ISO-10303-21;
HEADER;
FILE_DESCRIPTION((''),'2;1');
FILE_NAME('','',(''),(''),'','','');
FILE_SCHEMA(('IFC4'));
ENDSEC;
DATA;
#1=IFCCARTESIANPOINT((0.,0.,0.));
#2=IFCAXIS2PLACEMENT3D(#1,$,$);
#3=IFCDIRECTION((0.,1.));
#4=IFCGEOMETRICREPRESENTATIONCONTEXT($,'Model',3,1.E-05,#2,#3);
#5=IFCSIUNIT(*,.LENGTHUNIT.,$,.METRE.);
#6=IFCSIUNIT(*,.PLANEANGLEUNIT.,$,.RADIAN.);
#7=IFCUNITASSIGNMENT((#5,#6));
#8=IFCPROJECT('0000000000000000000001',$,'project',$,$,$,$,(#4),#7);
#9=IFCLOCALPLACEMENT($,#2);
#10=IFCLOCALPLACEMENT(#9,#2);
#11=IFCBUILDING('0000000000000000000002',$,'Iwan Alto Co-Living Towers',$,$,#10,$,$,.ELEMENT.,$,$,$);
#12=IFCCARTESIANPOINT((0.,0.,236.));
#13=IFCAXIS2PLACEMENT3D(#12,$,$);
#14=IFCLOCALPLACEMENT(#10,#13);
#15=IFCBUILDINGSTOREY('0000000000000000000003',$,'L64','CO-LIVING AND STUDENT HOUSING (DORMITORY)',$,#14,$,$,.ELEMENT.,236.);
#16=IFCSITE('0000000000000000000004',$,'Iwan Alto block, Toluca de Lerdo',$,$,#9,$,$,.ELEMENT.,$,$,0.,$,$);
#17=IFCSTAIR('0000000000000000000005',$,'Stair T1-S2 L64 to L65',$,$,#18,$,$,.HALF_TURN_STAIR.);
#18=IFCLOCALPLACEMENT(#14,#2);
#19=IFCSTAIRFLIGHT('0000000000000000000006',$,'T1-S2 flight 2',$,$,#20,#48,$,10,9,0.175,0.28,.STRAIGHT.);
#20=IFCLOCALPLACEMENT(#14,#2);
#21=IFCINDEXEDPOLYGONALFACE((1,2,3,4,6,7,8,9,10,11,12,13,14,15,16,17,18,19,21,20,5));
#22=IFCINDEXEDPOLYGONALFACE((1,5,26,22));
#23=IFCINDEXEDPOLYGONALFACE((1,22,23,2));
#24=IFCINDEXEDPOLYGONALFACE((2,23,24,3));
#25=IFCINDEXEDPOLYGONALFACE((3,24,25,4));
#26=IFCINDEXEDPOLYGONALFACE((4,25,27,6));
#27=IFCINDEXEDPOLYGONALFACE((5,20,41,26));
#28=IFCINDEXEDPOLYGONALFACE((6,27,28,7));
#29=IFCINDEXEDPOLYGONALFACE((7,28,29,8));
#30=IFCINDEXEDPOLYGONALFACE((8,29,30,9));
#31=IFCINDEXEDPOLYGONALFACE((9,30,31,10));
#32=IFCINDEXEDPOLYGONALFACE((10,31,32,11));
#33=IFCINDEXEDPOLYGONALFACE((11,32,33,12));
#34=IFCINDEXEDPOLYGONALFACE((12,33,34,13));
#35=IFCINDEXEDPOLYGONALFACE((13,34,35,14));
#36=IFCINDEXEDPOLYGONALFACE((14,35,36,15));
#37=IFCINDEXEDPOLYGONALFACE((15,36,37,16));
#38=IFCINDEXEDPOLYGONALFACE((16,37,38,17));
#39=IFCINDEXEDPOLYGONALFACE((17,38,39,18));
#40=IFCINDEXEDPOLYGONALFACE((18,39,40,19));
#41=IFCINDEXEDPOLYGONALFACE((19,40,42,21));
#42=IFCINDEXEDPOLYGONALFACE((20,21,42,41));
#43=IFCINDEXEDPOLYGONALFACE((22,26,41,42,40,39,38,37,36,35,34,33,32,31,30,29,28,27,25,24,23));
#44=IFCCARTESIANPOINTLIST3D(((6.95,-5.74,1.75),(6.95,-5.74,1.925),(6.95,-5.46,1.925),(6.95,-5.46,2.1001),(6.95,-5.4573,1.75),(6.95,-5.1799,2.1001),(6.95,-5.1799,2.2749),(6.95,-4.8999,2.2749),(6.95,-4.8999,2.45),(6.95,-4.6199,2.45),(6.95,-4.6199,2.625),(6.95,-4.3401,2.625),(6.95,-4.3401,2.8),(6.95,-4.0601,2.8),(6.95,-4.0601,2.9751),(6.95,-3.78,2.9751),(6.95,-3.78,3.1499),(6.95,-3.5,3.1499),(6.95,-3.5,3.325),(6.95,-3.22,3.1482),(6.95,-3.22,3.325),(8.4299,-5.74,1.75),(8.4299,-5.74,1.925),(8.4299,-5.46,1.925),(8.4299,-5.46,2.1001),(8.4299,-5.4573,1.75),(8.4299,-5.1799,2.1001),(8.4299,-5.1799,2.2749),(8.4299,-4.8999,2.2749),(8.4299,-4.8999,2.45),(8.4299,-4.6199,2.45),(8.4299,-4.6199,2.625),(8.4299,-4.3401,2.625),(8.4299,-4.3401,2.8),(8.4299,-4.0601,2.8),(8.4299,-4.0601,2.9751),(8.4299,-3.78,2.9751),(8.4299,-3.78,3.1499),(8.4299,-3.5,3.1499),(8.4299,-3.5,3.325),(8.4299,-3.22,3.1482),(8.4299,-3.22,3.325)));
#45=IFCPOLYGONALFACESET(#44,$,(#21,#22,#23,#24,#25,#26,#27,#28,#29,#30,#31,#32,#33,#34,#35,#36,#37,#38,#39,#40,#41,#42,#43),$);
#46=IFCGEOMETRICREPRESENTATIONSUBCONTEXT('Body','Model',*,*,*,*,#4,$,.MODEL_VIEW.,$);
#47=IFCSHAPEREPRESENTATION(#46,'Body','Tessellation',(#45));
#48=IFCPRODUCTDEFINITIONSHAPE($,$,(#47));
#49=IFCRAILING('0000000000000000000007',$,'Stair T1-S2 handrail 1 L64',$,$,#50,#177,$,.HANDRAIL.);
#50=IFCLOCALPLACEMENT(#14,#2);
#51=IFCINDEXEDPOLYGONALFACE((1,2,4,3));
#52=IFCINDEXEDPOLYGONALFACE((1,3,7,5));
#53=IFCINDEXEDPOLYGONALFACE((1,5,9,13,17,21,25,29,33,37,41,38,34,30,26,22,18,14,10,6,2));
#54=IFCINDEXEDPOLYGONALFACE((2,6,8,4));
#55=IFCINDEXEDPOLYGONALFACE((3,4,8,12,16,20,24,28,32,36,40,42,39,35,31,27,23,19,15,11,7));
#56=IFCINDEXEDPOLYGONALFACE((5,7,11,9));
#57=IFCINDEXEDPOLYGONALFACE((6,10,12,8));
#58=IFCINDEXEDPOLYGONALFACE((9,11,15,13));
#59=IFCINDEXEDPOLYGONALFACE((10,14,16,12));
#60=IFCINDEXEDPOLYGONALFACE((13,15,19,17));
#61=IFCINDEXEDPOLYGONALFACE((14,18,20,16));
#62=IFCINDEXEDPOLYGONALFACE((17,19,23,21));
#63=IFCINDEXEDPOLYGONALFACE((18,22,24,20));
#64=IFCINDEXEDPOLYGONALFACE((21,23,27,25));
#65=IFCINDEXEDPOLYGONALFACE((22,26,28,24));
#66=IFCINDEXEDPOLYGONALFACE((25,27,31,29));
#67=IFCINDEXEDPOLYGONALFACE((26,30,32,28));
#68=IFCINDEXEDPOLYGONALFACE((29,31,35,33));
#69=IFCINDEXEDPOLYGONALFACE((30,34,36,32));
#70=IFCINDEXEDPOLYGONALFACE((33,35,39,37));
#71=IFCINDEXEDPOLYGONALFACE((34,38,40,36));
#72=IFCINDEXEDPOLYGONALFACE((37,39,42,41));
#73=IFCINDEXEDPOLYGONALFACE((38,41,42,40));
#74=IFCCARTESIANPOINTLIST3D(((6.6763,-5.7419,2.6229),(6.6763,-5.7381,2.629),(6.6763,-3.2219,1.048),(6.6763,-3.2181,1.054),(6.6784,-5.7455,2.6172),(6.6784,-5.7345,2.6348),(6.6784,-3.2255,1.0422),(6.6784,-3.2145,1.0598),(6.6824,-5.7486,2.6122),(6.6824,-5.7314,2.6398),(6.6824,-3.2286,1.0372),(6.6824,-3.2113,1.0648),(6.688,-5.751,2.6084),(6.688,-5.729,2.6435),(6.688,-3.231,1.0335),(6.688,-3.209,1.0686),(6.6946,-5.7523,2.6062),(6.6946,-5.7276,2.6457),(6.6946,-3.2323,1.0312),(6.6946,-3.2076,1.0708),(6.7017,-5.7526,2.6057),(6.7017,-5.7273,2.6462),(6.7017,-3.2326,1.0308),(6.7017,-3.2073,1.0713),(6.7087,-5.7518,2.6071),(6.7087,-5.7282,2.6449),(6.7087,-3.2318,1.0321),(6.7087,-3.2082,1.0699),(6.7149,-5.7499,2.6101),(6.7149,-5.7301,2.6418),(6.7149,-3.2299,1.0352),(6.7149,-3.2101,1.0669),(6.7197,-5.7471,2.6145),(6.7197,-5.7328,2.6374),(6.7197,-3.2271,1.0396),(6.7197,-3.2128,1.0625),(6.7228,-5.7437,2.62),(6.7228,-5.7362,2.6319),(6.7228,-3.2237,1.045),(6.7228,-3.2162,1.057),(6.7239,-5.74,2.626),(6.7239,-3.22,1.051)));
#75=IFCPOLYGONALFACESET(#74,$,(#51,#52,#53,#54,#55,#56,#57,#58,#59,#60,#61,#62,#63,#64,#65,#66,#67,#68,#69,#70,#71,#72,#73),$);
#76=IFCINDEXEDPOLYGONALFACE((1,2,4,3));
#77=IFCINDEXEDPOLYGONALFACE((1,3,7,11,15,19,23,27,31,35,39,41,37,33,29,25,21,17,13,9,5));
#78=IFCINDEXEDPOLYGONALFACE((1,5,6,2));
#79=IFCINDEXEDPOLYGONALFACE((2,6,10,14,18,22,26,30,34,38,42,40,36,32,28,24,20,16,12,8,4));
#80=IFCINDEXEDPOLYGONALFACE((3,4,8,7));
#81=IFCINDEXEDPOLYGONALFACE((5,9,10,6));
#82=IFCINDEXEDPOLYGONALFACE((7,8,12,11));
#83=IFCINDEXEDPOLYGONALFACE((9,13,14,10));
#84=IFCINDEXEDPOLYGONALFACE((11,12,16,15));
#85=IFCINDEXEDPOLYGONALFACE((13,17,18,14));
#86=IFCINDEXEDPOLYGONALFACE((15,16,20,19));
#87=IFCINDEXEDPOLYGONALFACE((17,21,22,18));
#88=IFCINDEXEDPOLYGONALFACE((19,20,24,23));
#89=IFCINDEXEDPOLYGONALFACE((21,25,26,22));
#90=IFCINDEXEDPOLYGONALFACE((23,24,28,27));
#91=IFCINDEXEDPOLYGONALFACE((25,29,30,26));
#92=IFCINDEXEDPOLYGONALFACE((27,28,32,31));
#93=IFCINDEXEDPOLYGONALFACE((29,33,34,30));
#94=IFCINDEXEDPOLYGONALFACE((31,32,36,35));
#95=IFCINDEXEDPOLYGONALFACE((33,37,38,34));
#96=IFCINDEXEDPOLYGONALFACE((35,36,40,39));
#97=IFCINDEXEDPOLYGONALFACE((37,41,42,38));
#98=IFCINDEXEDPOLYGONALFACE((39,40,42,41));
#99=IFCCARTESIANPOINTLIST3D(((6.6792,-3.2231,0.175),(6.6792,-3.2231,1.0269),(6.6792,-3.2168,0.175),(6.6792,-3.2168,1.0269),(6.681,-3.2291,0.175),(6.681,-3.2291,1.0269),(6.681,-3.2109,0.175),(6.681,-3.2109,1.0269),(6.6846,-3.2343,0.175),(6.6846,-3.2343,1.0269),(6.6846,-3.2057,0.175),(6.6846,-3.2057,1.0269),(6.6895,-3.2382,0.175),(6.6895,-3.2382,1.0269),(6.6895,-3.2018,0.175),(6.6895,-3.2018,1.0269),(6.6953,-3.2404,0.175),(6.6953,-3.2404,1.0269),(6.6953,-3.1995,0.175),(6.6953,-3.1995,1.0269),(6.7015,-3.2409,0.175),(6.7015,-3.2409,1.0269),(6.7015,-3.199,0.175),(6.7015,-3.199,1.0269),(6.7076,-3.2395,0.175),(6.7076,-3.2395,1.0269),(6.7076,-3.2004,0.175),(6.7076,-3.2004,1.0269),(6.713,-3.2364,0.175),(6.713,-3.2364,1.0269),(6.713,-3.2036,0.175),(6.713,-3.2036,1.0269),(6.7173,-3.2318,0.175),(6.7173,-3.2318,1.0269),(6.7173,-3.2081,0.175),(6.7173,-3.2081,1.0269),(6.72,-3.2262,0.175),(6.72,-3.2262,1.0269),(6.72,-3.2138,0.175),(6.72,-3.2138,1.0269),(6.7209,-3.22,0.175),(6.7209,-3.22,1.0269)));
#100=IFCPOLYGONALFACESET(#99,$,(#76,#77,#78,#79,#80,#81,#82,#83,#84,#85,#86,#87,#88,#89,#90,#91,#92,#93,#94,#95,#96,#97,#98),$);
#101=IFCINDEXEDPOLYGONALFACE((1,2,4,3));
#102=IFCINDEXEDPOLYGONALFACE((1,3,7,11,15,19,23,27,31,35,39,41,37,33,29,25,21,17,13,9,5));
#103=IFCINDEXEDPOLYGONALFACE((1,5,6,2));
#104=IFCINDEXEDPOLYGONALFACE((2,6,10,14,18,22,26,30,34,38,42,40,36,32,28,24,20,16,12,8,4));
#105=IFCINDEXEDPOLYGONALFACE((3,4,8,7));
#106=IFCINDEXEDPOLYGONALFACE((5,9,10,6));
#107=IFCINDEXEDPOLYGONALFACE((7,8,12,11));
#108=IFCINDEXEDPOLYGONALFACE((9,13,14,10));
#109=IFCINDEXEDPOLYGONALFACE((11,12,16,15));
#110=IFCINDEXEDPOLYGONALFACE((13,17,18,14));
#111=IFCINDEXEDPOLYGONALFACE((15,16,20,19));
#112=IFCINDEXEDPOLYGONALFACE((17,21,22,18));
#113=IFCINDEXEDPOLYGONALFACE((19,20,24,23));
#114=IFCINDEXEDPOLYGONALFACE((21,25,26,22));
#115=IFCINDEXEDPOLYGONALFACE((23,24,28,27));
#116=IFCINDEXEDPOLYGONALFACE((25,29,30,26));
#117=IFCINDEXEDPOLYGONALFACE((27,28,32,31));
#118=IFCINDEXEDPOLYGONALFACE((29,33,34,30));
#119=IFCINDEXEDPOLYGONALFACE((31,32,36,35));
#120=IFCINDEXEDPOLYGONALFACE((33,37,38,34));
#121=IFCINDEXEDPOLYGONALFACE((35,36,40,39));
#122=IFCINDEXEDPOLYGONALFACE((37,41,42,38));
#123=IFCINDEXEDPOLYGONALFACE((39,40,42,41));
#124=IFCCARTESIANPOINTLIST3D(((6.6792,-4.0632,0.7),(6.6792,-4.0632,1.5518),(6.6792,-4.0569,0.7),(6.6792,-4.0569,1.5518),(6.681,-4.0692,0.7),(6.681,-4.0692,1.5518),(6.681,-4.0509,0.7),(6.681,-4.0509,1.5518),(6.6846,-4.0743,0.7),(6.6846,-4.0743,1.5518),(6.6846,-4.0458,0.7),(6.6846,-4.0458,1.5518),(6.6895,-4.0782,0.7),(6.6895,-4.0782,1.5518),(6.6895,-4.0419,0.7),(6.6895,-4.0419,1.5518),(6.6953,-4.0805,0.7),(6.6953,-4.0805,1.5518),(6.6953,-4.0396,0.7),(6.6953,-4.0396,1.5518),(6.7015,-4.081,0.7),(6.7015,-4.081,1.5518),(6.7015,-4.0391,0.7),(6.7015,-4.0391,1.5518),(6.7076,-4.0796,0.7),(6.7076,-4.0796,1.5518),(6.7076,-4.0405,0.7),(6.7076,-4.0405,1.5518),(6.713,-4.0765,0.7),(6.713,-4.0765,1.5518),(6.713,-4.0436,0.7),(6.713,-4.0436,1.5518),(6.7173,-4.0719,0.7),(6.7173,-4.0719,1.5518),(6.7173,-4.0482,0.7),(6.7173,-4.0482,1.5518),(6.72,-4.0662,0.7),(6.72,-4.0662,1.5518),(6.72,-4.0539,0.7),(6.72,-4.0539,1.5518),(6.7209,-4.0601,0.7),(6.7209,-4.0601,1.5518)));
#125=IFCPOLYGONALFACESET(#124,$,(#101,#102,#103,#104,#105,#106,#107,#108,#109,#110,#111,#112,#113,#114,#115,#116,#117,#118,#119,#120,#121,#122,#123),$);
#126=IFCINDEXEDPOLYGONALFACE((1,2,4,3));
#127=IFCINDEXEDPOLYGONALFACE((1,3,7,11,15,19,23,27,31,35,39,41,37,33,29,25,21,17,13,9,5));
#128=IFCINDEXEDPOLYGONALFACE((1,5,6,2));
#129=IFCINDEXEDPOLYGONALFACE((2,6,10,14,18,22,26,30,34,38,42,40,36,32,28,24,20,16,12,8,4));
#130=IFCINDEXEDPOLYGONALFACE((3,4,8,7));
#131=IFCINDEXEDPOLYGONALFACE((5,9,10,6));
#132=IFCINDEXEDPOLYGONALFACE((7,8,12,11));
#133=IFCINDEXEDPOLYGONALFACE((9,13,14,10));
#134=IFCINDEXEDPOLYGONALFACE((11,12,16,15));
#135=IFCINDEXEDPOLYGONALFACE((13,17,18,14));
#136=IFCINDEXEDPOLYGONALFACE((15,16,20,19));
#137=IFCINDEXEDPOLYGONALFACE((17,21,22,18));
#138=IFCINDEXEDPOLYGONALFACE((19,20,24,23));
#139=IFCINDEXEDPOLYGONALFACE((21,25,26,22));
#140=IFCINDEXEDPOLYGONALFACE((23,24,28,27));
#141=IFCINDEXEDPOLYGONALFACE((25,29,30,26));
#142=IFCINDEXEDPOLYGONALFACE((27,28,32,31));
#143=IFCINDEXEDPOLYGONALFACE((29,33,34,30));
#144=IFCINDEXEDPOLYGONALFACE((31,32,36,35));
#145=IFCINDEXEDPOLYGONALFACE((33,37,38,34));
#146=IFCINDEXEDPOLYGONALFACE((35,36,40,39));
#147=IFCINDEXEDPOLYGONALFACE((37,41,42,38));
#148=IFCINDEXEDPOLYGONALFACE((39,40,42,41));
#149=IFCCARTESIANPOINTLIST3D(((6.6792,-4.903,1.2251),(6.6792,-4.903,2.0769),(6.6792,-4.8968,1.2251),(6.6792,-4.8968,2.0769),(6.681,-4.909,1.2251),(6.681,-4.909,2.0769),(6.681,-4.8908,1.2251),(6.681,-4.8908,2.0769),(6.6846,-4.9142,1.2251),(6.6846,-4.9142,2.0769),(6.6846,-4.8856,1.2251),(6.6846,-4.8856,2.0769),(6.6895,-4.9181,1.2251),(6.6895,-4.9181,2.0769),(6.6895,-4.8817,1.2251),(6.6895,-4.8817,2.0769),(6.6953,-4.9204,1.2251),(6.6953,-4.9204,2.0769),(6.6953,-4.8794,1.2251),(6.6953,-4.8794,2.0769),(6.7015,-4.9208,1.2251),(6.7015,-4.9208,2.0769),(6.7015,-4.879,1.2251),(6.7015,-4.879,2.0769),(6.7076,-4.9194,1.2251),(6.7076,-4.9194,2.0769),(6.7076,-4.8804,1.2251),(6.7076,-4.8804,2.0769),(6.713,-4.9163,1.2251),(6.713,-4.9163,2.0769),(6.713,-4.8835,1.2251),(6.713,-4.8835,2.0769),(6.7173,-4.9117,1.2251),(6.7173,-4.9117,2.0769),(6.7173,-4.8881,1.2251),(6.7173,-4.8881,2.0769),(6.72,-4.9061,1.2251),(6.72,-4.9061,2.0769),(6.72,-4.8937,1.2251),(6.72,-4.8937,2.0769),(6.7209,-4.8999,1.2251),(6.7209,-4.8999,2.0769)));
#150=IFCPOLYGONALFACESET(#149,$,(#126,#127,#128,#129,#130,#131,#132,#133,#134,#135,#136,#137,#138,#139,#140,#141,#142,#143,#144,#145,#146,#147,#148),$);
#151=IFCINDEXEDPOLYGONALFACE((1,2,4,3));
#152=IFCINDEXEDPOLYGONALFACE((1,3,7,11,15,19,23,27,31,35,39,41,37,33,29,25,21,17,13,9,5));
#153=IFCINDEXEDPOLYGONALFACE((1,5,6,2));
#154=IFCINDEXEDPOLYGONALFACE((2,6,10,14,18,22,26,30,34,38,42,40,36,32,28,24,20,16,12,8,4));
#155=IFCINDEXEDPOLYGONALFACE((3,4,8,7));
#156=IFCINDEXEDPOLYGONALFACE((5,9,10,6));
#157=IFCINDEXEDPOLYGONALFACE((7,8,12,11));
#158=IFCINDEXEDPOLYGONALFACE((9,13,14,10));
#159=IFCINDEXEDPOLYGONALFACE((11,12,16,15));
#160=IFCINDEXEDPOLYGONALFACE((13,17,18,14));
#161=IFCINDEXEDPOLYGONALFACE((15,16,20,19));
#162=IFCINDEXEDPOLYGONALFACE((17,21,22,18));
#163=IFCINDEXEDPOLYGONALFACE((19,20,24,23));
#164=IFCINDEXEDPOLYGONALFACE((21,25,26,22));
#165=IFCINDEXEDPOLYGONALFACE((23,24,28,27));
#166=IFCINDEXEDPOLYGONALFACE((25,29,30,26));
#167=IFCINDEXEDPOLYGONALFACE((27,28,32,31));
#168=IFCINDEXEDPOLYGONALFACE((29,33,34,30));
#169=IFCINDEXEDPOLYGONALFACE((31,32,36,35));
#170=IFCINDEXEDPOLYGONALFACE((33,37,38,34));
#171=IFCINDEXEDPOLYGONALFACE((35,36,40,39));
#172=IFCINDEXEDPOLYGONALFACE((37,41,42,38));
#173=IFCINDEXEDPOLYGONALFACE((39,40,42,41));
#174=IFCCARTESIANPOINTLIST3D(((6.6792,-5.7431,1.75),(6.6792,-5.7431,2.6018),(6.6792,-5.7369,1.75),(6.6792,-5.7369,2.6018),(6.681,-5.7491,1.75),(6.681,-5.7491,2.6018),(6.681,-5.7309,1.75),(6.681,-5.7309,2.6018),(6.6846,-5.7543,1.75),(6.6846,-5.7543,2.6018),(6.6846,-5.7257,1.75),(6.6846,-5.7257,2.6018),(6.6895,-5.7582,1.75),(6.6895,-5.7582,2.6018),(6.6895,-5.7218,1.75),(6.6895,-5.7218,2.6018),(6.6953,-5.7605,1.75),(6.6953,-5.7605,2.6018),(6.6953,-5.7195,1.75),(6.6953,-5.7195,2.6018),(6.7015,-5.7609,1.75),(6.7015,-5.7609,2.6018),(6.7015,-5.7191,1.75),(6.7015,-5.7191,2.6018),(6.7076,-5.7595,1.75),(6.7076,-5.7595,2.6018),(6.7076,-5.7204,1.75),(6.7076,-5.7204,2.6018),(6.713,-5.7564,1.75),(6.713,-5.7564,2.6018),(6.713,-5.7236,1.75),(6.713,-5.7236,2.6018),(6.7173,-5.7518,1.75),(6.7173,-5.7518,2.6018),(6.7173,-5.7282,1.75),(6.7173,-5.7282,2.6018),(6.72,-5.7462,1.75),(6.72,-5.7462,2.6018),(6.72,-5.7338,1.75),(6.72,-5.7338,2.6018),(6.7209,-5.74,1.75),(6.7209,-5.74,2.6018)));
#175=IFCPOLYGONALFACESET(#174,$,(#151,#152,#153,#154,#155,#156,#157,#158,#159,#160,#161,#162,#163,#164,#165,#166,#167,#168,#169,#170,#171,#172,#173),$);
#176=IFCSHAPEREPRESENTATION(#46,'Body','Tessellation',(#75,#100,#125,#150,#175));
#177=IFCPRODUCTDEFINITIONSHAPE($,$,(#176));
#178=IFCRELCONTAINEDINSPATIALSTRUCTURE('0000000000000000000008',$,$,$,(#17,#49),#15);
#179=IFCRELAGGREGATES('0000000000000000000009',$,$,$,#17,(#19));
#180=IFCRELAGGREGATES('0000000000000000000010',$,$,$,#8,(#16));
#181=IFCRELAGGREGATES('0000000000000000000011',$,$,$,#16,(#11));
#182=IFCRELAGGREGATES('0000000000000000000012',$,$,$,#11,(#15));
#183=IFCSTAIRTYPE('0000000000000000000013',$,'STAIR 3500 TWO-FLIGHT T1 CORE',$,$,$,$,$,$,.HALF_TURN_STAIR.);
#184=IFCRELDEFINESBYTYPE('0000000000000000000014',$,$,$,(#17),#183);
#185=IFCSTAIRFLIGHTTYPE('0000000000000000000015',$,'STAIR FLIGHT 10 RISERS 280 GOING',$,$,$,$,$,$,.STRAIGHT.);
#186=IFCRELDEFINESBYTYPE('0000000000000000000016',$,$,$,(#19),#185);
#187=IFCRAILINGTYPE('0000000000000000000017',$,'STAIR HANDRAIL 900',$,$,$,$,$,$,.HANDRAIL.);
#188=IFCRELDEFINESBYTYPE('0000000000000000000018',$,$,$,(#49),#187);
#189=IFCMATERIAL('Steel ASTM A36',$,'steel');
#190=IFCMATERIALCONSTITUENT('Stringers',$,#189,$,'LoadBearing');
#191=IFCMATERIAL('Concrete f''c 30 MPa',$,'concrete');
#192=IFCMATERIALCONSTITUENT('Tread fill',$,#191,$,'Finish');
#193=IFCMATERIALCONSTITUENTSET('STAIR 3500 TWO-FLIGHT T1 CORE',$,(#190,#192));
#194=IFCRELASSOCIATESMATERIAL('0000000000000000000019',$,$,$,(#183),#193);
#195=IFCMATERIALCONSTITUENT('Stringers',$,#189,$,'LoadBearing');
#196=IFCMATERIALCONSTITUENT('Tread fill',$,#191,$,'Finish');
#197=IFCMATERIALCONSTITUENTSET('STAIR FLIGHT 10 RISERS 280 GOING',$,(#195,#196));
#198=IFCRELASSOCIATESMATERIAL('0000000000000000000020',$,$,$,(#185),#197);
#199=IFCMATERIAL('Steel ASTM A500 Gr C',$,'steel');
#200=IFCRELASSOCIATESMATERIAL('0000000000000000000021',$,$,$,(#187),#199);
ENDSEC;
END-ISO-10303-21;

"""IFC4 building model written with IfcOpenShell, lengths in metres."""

from ifc_helpers import new_model, si_unit, direction, frame, origin, origin_2d, place, context, subcontext, project, spatial, polyline, circle, outline, extrude, material, constituent, constituent_set, type_object, element, aggregate, save


model = new_model("IFC4")

# Units and contexts
model_context = context("Model", 3, precision=1e-05, world=origin(), true_north=direction((0.0, 1.0)))
body_context = subcontext(model_context, "Body", "Model", "MODEL_VIEW")
ifc_project = project(units=[si_unit("LENGTHUNIT", "METRE"), si_unit("PLANEANGLEUNIT", "RADIAN")], contexts=[model_context])

# Site, building, storey
site_placement = place(None, origin())
site = spatial("IfcSite", under=ifc_project, at=site_placement, Name="Iwan Alto block, Toluca de Lerdo", CompositionType="ELEMENT", RefElevation=0.0)
building_placement = place(site_placement, origin())
building = spatial("IfcBuilding", under=site, at=building_placement, Name="Iwan Alto Co-Living Towers", CompositionType="ELEMENT")
storey_placement = place(building_placement, frame((0.0, 0.0, 236.0)))
storey = spatial("IfcBuildingStorey", under=building, at=storey_placement, Name="L64", Description="CO-LIVING AND STUDENT HOUSING (DORMITORY)", CompositionType="ELEMENT", Elevation=236.0)

# Stair
ifc_material_1 = material(Name="Steel ASTM A36", Category="steel")
ifc_constituent_1 = constituent(ifc_material_1, Name="Stringers", Category="LoadBearing")
ifc_material_2 = material(Name="Concrete f'c 30 MPa", Category="concrete")
ifc_constituent_2 = constituent(ifc_material_2, Name="Tread fill", Category="Finish")
ifc_constituent_set_1 = constituent_set(constituents=[ifc_constituent_1, ifc_constituent_2], Name="STAIR 3500 TWO-FLIGHT T1 CORE")
stair_type = type_object("IfcStairType", Name="STAIR 3500 TWO-FLIGHT T1 CORE", PredefinedType="HALF_TURN_STAIR", material=ifc_constituent_set_1)
stair_1_placement = place(storey_placement, origin())
stair_1 = element("IfcStair", 1, at=stair_1_placement, inside=storey, type_object=stair_type, Name="Stair T1-S2 L64 to L65", PredefinedType="HALF_TURN_STAIR")

# Stair flight
ifc_constituent_3 = constituent(ifc_material_1, Name="Stringers", Category="LoadBearing")
ifc_constituent_4 = constituent(ifc_material_2, Name="Tread fill", Category="Finish")
ifc_constituent_set_2 = constituent_set(constituents=[ifc_constituent_3, ifc_constituent_4], Name="STAIR FLIGHT 10 RISERS 280 GOING")
stair_flight_type = type_object("IfcStairFlightType", Name="STAIR FLIGHT 10 RISERS 280 GOING", PredefinedType="STRAIGHT", material=ifc_constituent_set_2)
stair_flight_1_placement = place(storey_placement, frame((7.6899, -5.74, 1.75), z_axis=(0.0, 0.0, 1.0), x_axis=(0.0, 1.0, 0.0)))
stair_flight_1 = element("IfcStairFlight", 2, at=stair_flight_1_placement, type_object=stair_flight_type, Name="T1-S2 flight 2", NumberOfRisers=10, NumberOfTreads=9, PredefinedType="STRAIGHT", RiserHeight=0.175, TreadLength=0.28, context=body_context, shape_type="SweptSolid", body=[
    extrude(outline(polyline([(0.0, 0.0), (0.0, 0.175), (0.28, 0.175), (0.28, 0.3501), (0.5601, 0.3501), (0.5601, 0.5249), (0.8401, 0.5249), (0.8401, 0.7), (1.1201, 0.7), (1.1201, 0.875), (1.3999, 0.875), (1.3999, 1.05), (1.6799, 1.05), (1.6799, 1.2251), (1.96, 1.2251), (1.96, 1.3999), (2.24, 1.3999), (2.24, 1.575), (2.52, 1.575), (2.52, 1.75), (2.52, 1.3982), (0.2827, 0.0), (0.0, 0.0)])), frame((0.0, 0.74, 0.0), z_axis=(0.0, -1.0, 0.0), x_axis=(1.0, 0.0, 0.0)), (0.0, 0.0, 1.0), 1.48),
])
aggregate(stair_1, [stair_flight_1])

# Railing
ifc_material_3 = material(Name="Steel ASTM A500 Gr C", Category="steel")
railing_type_1 = type_object("IfcRailingType", Name="STAIR HANDRAIL 900", PredefinedType="HANDRAIL", material=ifc_material_3)
railing_1_placement = place(storey_placement, frame((6.7, -3.22, 0.175)))
element("IfcRailing", 3, at=railing_1_placement, inside=storey, type_object=railing_type_1, Name="Stair T1-S2 handrail 1 L64", PredefinedType="HANDRAIL", context=body_context, shape_type="SweptSolid", body=[
    extrude(circle(Radius=0.0239, at=origin_2d()), frame((0.0, 0.0, 0.876), z_axis=(0.0, -0.848008, 0.529984), x_axis=(1.0, 0.0, 0.0)), (0.0, 0.0, 1.0), 2.9717),
    extrude(circle(Radius=0.021, at=origin_2d()), origin(), (0.0, 0.0, 1.0), 0.8518),
    extrude(circle(Radius=0.021, at=origin_2d()), frame((0.0, -0.8401, 0.5249)), (0.0, 0.0, 1.0), 0.8518),
    extrude(circle(Radius=0.021, at=origin_2d()), frame((0.0, -1.6799, 1.05)), (0.0, 0.0, 1.0), 0.8518),
    extrude(circle(Radius=0.021, at=origin_2d()), frame((0.0, -2.52, 1.575)), (0.0, 0.0, 1.0), 0.8518),
])

save(model, "model.ifc")
